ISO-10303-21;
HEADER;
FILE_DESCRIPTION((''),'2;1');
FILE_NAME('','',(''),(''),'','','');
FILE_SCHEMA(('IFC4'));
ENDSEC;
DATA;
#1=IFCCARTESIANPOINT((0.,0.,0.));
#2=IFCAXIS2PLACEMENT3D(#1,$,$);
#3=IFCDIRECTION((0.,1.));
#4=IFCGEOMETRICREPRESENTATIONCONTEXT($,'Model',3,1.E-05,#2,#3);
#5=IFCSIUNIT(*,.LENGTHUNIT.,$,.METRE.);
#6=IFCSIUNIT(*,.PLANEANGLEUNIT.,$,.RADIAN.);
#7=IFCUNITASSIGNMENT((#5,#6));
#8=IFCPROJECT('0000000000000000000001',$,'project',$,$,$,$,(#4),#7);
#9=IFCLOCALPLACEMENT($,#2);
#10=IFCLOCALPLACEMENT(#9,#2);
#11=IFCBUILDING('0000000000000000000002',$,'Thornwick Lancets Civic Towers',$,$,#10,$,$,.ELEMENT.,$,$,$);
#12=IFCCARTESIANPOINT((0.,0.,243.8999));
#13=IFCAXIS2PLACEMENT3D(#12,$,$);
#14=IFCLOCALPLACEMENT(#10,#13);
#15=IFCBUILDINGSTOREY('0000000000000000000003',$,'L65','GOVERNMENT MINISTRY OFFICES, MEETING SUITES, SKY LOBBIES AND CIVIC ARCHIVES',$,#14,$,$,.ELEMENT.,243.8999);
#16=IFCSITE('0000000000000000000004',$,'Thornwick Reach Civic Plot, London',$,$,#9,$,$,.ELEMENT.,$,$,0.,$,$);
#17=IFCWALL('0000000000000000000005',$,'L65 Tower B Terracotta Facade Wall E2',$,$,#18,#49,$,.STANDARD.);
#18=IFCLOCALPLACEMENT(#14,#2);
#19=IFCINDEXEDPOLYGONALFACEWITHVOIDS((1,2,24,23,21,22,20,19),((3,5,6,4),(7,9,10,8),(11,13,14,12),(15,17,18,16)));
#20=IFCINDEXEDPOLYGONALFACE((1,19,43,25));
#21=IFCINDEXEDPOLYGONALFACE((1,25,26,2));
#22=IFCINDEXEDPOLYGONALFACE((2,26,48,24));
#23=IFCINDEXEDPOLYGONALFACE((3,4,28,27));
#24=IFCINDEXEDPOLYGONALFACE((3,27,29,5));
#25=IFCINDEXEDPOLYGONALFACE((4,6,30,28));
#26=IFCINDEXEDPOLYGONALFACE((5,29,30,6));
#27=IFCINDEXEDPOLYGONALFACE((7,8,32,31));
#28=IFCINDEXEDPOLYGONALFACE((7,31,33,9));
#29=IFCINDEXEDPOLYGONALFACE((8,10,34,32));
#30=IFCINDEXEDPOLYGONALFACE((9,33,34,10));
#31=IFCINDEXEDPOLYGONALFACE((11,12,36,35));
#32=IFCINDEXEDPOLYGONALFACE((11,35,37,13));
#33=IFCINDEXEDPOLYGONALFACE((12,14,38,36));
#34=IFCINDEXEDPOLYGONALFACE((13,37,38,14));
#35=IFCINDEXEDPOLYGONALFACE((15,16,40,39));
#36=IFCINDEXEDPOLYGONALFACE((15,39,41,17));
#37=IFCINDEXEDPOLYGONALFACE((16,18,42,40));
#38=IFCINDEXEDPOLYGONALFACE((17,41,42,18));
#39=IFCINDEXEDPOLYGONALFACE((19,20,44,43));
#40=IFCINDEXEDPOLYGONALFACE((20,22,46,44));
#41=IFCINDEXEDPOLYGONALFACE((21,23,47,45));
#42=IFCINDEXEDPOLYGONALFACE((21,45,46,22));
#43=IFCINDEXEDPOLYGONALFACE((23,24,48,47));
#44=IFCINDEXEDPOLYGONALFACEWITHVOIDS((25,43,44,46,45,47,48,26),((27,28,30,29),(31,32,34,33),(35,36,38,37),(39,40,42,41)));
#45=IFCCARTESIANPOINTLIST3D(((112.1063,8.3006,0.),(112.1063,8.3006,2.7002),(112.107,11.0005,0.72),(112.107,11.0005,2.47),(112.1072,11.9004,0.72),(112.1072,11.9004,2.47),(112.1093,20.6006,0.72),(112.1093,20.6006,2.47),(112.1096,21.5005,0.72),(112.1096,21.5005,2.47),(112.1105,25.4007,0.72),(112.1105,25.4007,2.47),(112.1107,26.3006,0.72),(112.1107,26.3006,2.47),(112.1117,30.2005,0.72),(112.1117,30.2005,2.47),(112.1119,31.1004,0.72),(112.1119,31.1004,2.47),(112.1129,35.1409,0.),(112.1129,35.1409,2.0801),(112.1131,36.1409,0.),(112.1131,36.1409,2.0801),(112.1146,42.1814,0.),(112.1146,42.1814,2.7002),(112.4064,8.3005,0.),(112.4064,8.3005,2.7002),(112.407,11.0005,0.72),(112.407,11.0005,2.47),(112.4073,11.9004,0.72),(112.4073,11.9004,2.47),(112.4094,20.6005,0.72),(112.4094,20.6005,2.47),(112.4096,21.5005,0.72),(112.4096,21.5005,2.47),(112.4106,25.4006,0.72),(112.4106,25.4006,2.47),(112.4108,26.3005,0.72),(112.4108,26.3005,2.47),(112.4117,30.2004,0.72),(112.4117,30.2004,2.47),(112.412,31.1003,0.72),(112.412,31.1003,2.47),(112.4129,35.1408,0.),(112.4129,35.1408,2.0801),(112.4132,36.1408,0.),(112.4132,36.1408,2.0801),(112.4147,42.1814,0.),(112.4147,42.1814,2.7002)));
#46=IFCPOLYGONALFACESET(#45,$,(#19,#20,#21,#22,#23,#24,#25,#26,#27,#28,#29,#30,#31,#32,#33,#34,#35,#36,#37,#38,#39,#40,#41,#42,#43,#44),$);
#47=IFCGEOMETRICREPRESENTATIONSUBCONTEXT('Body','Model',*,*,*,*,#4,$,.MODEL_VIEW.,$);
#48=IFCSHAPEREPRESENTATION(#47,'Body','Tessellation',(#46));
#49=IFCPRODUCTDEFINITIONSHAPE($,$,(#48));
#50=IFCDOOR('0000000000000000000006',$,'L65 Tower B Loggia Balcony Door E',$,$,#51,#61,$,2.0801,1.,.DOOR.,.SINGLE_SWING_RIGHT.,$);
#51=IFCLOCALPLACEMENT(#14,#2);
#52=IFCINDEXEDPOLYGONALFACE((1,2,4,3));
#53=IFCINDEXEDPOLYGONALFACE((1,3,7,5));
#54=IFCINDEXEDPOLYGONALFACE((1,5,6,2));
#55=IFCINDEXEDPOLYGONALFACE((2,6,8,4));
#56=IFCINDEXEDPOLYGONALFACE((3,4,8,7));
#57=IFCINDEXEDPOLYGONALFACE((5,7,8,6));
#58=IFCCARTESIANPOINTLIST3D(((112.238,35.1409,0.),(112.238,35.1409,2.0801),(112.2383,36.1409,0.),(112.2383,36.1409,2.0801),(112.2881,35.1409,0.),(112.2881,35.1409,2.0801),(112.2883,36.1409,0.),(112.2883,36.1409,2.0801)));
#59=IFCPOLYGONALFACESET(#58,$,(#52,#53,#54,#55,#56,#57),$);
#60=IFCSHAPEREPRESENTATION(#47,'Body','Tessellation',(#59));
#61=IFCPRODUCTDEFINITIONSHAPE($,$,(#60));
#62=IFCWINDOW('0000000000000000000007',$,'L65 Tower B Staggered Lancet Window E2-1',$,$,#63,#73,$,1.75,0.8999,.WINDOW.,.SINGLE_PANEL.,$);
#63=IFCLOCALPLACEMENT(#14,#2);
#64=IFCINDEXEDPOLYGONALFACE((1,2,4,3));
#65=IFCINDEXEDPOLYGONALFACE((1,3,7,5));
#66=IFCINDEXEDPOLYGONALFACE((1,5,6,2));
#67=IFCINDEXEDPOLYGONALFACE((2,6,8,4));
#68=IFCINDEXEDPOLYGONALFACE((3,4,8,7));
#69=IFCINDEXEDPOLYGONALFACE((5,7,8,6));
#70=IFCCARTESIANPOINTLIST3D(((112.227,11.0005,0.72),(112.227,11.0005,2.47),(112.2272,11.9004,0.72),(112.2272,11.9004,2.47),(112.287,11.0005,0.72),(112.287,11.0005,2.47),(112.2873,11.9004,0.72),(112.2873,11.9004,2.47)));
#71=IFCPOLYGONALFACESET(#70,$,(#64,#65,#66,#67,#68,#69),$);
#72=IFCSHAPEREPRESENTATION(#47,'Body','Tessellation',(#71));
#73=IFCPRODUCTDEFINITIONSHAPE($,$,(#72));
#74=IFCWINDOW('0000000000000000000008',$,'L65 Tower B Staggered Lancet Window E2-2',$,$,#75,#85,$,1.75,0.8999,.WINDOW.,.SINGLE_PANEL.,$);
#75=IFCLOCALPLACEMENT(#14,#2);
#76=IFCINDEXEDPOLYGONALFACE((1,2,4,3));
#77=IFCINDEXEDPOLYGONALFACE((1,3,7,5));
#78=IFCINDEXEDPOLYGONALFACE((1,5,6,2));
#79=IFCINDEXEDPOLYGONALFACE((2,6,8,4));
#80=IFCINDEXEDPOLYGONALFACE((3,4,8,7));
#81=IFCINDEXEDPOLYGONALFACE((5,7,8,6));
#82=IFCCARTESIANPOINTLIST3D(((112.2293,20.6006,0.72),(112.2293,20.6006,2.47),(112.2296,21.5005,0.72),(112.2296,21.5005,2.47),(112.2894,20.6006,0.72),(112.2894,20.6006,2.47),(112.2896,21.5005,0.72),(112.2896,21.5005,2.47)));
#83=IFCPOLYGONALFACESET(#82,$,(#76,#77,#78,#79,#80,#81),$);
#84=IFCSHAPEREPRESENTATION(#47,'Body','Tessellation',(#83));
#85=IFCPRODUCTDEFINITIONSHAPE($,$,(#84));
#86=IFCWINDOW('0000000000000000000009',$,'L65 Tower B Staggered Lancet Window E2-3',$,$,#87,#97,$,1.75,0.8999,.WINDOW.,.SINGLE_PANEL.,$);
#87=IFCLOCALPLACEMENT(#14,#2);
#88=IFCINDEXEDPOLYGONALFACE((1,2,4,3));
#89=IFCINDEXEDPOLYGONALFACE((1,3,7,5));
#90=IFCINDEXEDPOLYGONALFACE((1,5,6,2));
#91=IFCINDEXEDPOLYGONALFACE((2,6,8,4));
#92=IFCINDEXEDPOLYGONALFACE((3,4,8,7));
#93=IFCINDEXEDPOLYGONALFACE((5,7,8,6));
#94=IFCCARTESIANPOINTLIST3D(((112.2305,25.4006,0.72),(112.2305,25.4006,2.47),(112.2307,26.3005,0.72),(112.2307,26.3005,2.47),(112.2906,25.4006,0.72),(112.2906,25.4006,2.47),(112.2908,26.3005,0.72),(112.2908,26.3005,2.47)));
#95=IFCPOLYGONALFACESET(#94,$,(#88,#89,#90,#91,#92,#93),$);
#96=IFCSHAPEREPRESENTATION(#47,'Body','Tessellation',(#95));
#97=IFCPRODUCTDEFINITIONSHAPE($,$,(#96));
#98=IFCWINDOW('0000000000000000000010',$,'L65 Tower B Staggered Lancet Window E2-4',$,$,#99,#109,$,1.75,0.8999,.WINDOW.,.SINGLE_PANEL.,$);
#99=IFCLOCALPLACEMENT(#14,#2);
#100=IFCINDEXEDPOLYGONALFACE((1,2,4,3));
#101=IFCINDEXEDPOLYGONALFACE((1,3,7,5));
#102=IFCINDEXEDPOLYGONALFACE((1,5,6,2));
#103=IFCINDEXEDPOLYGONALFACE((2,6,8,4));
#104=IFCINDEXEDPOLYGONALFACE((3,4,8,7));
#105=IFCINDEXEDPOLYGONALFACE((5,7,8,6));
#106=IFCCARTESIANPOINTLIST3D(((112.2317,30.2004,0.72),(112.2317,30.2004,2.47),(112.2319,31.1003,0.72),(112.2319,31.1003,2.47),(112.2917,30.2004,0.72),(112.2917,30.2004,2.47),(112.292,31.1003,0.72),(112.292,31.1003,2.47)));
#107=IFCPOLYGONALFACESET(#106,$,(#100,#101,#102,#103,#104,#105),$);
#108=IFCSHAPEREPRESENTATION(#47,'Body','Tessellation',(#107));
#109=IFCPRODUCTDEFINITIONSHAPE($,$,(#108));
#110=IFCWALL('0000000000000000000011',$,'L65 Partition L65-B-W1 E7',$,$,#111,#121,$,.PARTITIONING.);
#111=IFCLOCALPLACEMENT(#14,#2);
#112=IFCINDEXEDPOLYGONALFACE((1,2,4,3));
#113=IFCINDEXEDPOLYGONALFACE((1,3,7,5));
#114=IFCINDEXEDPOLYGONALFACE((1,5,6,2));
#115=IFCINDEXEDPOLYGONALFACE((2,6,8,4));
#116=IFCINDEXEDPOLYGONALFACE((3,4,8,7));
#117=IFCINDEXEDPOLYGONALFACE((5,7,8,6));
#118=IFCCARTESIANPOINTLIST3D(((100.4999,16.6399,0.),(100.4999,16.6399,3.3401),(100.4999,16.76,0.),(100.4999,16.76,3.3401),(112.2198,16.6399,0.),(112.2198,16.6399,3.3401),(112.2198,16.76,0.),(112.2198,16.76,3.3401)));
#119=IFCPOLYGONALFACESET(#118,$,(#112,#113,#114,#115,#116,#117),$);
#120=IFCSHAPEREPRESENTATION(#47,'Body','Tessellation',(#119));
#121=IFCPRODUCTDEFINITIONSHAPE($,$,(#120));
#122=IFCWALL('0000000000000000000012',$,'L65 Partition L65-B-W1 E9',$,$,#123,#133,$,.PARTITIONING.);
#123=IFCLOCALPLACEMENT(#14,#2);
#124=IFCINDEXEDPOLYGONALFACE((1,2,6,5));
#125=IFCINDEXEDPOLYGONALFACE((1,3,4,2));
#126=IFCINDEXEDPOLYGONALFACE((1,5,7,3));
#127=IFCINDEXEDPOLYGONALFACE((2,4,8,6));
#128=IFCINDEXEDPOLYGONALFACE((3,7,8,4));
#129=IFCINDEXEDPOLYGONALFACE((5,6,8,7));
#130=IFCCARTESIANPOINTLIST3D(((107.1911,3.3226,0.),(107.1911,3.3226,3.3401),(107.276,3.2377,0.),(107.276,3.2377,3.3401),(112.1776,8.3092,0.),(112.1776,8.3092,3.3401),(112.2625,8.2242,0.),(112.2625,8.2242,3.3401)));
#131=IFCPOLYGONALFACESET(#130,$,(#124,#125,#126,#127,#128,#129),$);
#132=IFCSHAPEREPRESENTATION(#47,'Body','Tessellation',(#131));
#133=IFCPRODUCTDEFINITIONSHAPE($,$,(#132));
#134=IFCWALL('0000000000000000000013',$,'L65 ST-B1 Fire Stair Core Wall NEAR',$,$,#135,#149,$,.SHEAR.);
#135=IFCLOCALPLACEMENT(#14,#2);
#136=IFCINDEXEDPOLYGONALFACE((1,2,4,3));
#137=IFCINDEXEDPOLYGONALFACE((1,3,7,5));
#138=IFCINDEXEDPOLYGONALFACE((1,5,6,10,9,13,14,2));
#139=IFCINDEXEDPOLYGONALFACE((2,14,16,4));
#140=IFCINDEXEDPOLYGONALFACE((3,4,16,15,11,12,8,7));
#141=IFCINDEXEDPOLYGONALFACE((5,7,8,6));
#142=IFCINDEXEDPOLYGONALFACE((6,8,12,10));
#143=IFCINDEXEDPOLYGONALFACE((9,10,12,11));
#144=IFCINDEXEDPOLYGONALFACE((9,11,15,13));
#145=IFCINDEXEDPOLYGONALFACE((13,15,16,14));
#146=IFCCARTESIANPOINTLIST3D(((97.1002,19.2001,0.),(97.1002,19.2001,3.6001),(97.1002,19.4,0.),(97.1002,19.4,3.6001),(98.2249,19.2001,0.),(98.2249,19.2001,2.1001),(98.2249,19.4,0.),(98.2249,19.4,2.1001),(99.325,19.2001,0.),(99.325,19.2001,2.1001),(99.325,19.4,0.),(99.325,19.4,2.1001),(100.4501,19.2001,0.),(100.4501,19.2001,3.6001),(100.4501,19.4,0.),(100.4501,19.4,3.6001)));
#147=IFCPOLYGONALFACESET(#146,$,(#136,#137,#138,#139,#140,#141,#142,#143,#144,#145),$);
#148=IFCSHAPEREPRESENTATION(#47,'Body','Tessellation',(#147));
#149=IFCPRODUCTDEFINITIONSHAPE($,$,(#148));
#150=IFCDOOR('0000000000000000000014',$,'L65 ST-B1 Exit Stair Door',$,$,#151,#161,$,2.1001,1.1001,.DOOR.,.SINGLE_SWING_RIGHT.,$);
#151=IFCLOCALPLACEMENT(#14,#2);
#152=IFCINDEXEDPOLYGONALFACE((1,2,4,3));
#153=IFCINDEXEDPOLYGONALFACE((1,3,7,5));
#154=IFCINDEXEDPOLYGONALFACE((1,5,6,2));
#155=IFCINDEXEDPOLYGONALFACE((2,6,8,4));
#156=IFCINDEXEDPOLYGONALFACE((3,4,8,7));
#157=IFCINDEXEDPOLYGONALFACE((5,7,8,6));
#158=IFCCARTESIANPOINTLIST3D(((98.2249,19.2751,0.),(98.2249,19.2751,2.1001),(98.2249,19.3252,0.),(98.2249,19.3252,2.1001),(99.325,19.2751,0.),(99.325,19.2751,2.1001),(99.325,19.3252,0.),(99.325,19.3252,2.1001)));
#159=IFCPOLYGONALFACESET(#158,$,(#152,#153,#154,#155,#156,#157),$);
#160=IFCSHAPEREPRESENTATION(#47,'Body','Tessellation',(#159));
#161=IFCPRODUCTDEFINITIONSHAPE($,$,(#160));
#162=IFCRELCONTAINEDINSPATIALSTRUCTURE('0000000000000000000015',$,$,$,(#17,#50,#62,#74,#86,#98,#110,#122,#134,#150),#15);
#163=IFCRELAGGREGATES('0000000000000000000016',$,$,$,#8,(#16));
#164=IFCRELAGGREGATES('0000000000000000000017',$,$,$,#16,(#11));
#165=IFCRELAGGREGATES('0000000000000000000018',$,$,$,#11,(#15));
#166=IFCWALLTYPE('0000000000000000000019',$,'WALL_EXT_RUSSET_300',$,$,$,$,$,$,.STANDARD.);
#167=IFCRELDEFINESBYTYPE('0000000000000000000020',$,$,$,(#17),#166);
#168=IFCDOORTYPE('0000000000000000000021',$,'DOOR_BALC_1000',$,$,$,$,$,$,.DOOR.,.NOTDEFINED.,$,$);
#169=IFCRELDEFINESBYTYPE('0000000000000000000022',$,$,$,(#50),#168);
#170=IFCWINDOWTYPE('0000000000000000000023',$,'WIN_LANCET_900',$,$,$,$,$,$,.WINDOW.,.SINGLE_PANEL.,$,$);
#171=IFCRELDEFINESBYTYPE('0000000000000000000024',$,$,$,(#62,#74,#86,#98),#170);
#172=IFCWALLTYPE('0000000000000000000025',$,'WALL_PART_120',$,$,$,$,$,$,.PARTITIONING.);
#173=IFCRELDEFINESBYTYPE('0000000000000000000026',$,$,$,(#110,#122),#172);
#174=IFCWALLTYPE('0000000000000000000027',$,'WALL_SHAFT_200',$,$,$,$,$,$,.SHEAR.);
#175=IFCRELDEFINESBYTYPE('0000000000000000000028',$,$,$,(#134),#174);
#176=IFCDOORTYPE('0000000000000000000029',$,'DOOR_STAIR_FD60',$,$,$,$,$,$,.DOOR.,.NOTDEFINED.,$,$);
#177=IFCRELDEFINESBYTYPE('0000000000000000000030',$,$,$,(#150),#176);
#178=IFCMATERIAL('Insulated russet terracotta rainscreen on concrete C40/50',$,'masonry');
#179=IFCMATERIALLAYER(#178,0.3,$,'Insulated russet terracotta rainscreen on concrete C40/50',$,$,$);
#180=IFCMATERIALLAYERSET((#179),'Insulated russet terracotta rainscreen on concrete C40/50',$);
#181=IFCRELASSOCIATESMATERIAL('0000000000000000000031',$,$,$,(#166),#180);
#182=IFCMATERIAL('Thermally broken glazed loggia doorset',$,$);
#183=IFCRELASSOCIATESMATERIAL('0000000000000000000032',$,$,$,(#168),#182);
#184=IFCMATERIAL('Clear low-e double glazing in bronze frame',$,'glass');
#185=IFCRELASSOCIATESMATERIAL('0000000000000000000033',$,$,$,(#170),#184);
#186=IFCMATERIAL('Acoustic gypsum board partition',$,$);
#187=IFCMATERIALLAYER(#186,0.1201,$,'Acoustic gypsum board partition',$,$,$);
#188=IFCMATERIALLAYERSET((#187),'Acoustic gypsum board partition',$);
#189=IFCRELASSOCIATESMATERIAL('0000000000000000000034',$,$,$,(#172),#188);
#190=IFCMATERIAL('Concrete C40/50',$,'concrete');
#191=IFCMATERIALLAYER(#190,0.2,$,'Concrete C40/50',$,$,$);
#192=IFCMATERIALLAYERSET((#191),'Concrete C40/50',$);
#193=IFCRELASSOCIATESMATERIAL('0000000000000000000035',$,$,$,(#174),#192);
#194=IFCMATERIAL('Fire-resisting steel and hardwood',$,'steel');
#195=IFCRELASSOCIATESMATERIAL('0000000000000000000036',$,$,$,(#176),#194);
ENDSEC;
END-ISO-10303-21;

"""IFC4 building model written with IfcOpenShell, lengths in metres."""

from ifc_helpers import new_model, si_unit, direction, frame, frame_2d, origin, place, context, subcontext, project, spatial, rectangle, extrude, material, layer, layer_set, type_object, element, fill, save


model = new_model("IFC4")

# Units and contexts
model_context = context("Model", 3, precision=1e-05, world=origin(), true_north=direction((0.0, 1.0)))
body_context = subcontext(model_context, "Body", "Model", "MODEL_VIEW")
ifc_project = project(units=[si_unit("LENGTHUNIT", "METRE"), si_unit("PLANEANGLEUNIT", "RADIAN")], contexts=[model_context])

# Site, building, storey
site_placement = place(None, origin())
site = spatial("IfcSite", under=ifc_project, at=site_placement, Name="Thornwick Reach Civic Plot, London", CompositionType="ELEMENT", RefElevation=0.0)
building_placement = place(site_placement, origin())
building = spatial("IfcBuilding", under=site, at=building_placement, Name="Thornwick Lancets Civic Towers", CompositionType="ELEMENT")
storey_placement = place(building_placement, frame((0.0, 0.0, 243.8999)))
storey = spatial("IfcBuildingStorey", under=building, at=storey_placement, Name="L65", Description="GOVERNMENT MINISTRY OFFICES, MEETING SUITES, SKY LOBBIES AND CIVIC ARCHIVES", CompositionType="ELEMENT", Elevation=243.8999)

# Shared definitions
ifc_material_1 = material(Name="Concrete C40/50", Category="concrete")

# Wall, openings, door, windows
ifc_material_2 = material(Name="Insulated russet terracotta rainscreen on concrete C40/50", Category="masonry")
ifc_layer_1 = layer(ifc_material_2, 0.3, Name="Insulated russet terracotta rainscreen on concrete C40/50")
ifc_layer_set_1 = layer_set([ifc_layer_1], Name="Insulated russet terracotta rainscreen on concrete C40/50")
wall_type_1 = type_object("IfcWallType", Name="WALL_EXT_RUSSET_300", PredefinedType="STANDARD", material=ifc_layer_set_1)
wall_1_placement = place(storey_placement, frame((112.2563, 8.3005, 0.0), z_axis=(0.0, 0.0, 1.0), x_axis=(0.000245, 1.0, 0.0)))
wall_1 = element("IfcWall", 1, at=wall_1_placement, inside=storey, type_object=wall_type_1, Name="L65 Tower B Terracotta Facade Wall E2", PredefinedType="STANDARD", context=body_context, shape_type="SweptSolid", body=[
    extrude(rectangle(XDim=33.8809, YDim=0.3, at=frame_2d((16.9404, 0.0))), origin(), (0.0, 0.0, 1.0), 2.7002),
])
opening_1_placement = place(wall_1_placement, frame((26.8403, 0.0, 0.0)))
opening_1 = element("IfcOpeningElement", 2, at=opening_1_placement, cuts=wall_1, PredefinedType="OPENING", context=body_context, shape_type="SweptSolid", body=[
    extrude(rectangle(XDim=1.0, YDim=2.0801, at=frame_2d((0.5, 1.04))), frame((0.0, 0.1602, 0.0), z_axis=(0.0, -1.0, 0.0), x_axis=(1.0, 0.0, 0.0)), (0.0, 0.0, 1.0), 0.3201),
])
opening_2_placement = place(wall_1_placement, frame((2.7, 0.0, 0.72)))
opening_2 = element("IfcOpeningElement", 3, at=opening_2_placement, cuts=wall_1, PredefinedType="OPENING", context=body_context, shape_type="SweptSolid", body=[
    extrude(rectangle(XDim=0.8999, YDim=1.75, at=frame_2d((0.45, 0.875))), frame((0.0, 0.1602, 0.0), z_axis=(0.0, -1.0, 0.0), x_axis=(1.0, 0.0, 0.0)), (0.0, 0.0, 1.0), 0.3201),
])
opening_3_placement = place(wall_1_placement, frame((12.3, 0.0, 0.72)))
opening_3 = element("IfcOpeningElement", 4, at=opening_3_placement, cuts=wall_1, PredefinedType="OPENING", context=body_context, shape_type="SweptSolid", body=[
    extrude(rectangle(XDim=0.8999, YDim=1.75, at=frame_2d((0.45, 0.875))), frame((0.0, 0.1602, 0.0), z_axis=(0.0, -1.0, 0.0), x_axis=(1.0, 0.0, 0.0)), (0.0, 0.0, 1.0), 0.3201),
])
opening_4_placement = place(wall_1_placement, frame((17.1001, 0.0, 0.72)))
opening_4 = element("IfcOpeningElement", 5, at=opening_4_placement, cuts=wall_1, PredefinedType="OPENING", context=body_context, shape_type="SweptSolid", body=[
    extrude(rectangle(XDim=0.8999, YDim=1.75, at=frame_2d((0.45, 0.875))), frame((0.0, 0.1602, 0.0), z_axis=(0.0, -1.0, 0.0), x_axis=(1.0, 0.0, 0.0)), (0.0, 0.0, 1.0), 0.3201),
])
opening_5_placement = place(wall_1_placement, frame((21.8999, 0.0, 0.72)))
opening_5 = element("IfcOpeningElement", 6, at=opening_5_placement, cuts=wall_1, PredefinedType="OPENING", context=body_context, shape_type="SweptSolid", body=[
    extrude(rectangle(XDim=0.8999, YDim=1.75, at=frame_2d((0.45, 0.875))), frame((0.0, 0.1602, 0.0), z_axis=(0.0, -1.0, 0.0), x_axis=(1.0, 0.0, 0.0)), (0.0, 0.0, 1.0), 0.3201),
])
ifc_material_3 = material(Name="Thermally broken glazed loggia doorset")
door_type_1 = type_object("IfcDoorType", Name="DOOR_BALC_1000", OperationType="NOTDEFINED", PredefinedType="DOOR", material=ifc_material_3)
door_1_placement = place(opening_1_placement, origin())
door_1 = element("IfcDoor", 7, at=door_1_placement, inside=storey, type_object=door_type_1, Name="L65 Tower B Loggia Balcony Door E", OperationType="SINGLE_SWING_RIGHT", OverallHeight=2.0801, OverallWidth=1.0, PredefinedType="DOOR", context=body_context, shape_type="SweptSolid", body=[
    extrude(rectangle(XDim=1.0, YDim=2.0801, at=frame_2d((0.5, 1.04))), frame((0.0, 0.0249, 0.0), z_axis=(0.0, -1.0, 0.0), x_axis=(1.0, 0.0, 0.0)), (0.0, 0.0, 1.0), 0.05),
])
fill(opening_1, door_1)
ifc_material_4 = material(Name="Clear low-e double glazing in bronze frame", Category="glass")
window_type = type_object("IfcWindowType", Name="WIN_LANCET_900", PartitioningType="SINGLE_PANEL", PredefinedType="WINDOW", material=ifc_material_4)
window_1_placement = place(opening_2_placement, origin())
window_1 = element("IfcWindow", 8, at=window_1_placement, inside=storey, type_object=window_type, Name="L65 Tower B Staggered Lancet Window E2-1", OverallHeight=1.75, OverallWidth=0.8999, PartitioningType="SINGLE_PANEL", PredefinedType="WINDOW", context=body_context, shape_type="SweptSolid", body=[
    extrude(rectangle(XDim=0.8999, YDim=1.75, at=frame_2d((0.45, 0.875))), frame((0.0, 0.03, 0.0), z_axis=(0.0, -1.0, 0.0), x_axis=(1.0, 0.0, 0.0)), (0.0, 0.0, 1.0), 0.0601),
])
fill(opening_2, window_1)
window_2_placement = place(opening_3_placement, origin())
window_2 = element("IfcWindow", 9, at=window_2_placement, inside=storey, type_object=window_type, Name="L65 Tower B Staggered Lancet Window E2-2", OverallHeight=1.75, OverallWidth=0.8999, PartitioningType="SINGLE_PANEL", PredefinedType="WINDOW", context=body_context, shape_type="SweptSolid", body=[
    extrude(rectangle(XDim=0.8999, YDim=1.75, at=frame_2d((0.45, 0.875))), frame((0.0, 0.03, 0.0), z_axis=(0.0, -1.0, 0.0), x_axis=(1.0, 0.0, 0.0)), (0.0, 0.0, 1.0), 0.0601),
])
fill(opening_3, window_2)
window_3_placement = place(opening_4_placement, origin())
window_3 = element("IfcWindow", 10, at=window_3_placement, inside=storey, type_object=window_type, Name="L65 Tower B Staggered Lancet Window E2-3", OverallHeight=1.75, OverallWidth=0.8999, PartitioningType="SINGLE_PANEL", PredefinedType="WINDOW", context=body_context, shape_type="SweptSolid", body=[
    extrude(rectangle(XDim=0.8999, YDim=1.75, at=frame_2d((0.45, 0.875))), frame((0.0, 0.03, 0.0), z_axis=(0.0, -1.0, 0.0), x_axis=(1.0, 0.0, 0.0)), (0.0, 0.0, 1.0), 0.0601),
])
fill(opening_4, window_3)
window_4_placement = place(opening_5_placement, origin())
window_4 = element("IfcWindow", 11, at=window_4_placement, inside=storey, type_object=window_type, Name="L65 Tower B Staggered Lancet Window E2-4", OverallHeight=1.75, OverallWidth=0.8999, PartitioningType="SINGLE_PANEL", PredefinedType="WINDOW", context=body_context, shape_type="SweptSolid", body=[
    extrude(rectangle(XDim=0.8999, YDim=1.75, at=frame_2d((0.45, 0.875))), frame((0.0, 0.03, 0.0), z_axis=(0.0, -1.0, 0.0), x_axis=(1.0, 0.0, 0.0)), (0.0, 0.0, 1.0), 0.0601),
])
fill(opening_5, window_4)

# Walls
ifc_material_5 = material(Name="Acoustic gypsum board partition")
ifc_layer_2 = layer(ifc_material_5, 0.1201, Name="Acoustic gypsum board partition")
ifc_layer_set_2 = layer_set([ifc_layer_2], Name="Acoustic gypsum board partition")
wall_type_2 = type_object("IfcWallType", Name="WALL_PART_120", PredefinedType="PARTITIONING", material=ifc_layer_set_2)
wall_2_placement = place(storey_placement, frame((100.5, 16.7, 0.0), z_axis=(0.0, 0.0, 1.0), x_axis=(1.0, 0.0, 0.0)))
element("IfcWall", 12, at=wall_2_placement, inside=storey, type_object=wall_type_2, Name="L65 Partition L65-B-W1 E7", PredefinedType="PARTITIONING", context=body_context, shape_type="SweptSolid", body=[
    extrude(rectangle(XDim=11.72, YDim=0.1201, at=frame_2d((5.8599, 0.0))), origin(), (0.0, 0.0, 1.0), 3.3401),
])
wall_3_placement = place(storey_placement, frame((112.22, 8.2666, 0.0), z_axis=(0.0, 0.0, 1.0), x_axis=(-0.707107, -0.707107, 0.0)))
element("IfcWall", 13, at=wall_3_placement, inside=storey, type_object=wall_type_2, Name="L65 Partition L65-B-W1 E9", PredefinedType="PARTITIONING", context=body_context, shape_type="SweptSolid", body=[
    extrude(rectangle(XDim=7.052, YDim=0.1201, at=frame_2d((3.5259, 0.0))), origin(), (0.0, 0.0, 1.0), 3.3401),
])

# Wall, opening, door
ifc_layer_3 = layer(ifc_material_1, 0.2, Name="Concrete C40/50")
ifc_layer_set_3 = layer_set([ifc_layer_3], Name="Concrete C40/50")
wall_type_3 = type_object("IfcWallType", Name="WALL_SHAFT_200", PredefinedType="SHEAR", material=ifc_layer_set_3)
wall_4_placement = place(storey_placement, frame((100.45, 19.3, 0.0), z_axis=(0.0, 0.0, 1.0), x_axis=(-1.0, 0.0, 0.0)))
wall_4 = element("IfcWall", 14, at=wall_4_placement, inside=storey, type_object=wall_type_3, Name="L65 ST-B1 Fire Stair Core Wall NEAR", PredefinedType="SHEAR", context=body_context, shape_type="SweptSolid", body=[
    extrude(rectangle(XDim=3.3499, YDim=0.2, at=frame_2d((1.6748, 0.0))), origin(), (0.0, 0.0, 1.0), 3.6001),
])
opening_6_placement = place(wall_4_placement, frame((1.125, 0.0, 0.0)))
opening_6 = element("IfcOpeningElement", 15, at=opening_6_placement, cuts=wall_4, PredefinedType="OPENING", context=body_context, shape_type="SweptSolid", body=[
    extrude(rectangle(XDim=1.1001, YDim=2.1001, at=frame_2d((0.55, 1.05))), frame((0.0, 0.1099, 0.0), z_axis=(0.0, -1.0, 0.0), x_axis=(1.0, 0.0, 0.0)), (0.0, 0.0, 1.0), 0.22),
])
ifc_material_6 = material(Name="Fire-resisting steel and hardwood", Category="steel")
door_type_2 = type_object("IfcDoorType", Name="DOOR_STAIR_FD60", OperationType="NOTDEFINED", PredefinedType="DOOR", material=ifc_material_6)
door_2_placement = place(opening_6_placement, origin())
door_2 = element("IfcDoor", 16, at=door_2_placement, inside=storey, type_object=door_type_2, Name="L65 ST-B1 Exit Stair Door", OperationType="SINGLE_SWING_RIGHT", OverallHeight=2.1001, OverallWidth=1.1001, PredefinedType="DOOR", context=body_context, shape_type="SweptSolid", body=[
    extrude(rectangle(XDim=1.1001, YDim=2.1001, at=frame_2d((0.55, 1.05))), frame((0.0, 0.0249, 0.0), z_axis=(0.0, -1.0, 0.0), x_axis=(1.0, 0.0, 0.0)), (0.0, 0.0, 1.0), 0.05),
])
fill(opening_6, door_2)

save(model, "model.ifc")
